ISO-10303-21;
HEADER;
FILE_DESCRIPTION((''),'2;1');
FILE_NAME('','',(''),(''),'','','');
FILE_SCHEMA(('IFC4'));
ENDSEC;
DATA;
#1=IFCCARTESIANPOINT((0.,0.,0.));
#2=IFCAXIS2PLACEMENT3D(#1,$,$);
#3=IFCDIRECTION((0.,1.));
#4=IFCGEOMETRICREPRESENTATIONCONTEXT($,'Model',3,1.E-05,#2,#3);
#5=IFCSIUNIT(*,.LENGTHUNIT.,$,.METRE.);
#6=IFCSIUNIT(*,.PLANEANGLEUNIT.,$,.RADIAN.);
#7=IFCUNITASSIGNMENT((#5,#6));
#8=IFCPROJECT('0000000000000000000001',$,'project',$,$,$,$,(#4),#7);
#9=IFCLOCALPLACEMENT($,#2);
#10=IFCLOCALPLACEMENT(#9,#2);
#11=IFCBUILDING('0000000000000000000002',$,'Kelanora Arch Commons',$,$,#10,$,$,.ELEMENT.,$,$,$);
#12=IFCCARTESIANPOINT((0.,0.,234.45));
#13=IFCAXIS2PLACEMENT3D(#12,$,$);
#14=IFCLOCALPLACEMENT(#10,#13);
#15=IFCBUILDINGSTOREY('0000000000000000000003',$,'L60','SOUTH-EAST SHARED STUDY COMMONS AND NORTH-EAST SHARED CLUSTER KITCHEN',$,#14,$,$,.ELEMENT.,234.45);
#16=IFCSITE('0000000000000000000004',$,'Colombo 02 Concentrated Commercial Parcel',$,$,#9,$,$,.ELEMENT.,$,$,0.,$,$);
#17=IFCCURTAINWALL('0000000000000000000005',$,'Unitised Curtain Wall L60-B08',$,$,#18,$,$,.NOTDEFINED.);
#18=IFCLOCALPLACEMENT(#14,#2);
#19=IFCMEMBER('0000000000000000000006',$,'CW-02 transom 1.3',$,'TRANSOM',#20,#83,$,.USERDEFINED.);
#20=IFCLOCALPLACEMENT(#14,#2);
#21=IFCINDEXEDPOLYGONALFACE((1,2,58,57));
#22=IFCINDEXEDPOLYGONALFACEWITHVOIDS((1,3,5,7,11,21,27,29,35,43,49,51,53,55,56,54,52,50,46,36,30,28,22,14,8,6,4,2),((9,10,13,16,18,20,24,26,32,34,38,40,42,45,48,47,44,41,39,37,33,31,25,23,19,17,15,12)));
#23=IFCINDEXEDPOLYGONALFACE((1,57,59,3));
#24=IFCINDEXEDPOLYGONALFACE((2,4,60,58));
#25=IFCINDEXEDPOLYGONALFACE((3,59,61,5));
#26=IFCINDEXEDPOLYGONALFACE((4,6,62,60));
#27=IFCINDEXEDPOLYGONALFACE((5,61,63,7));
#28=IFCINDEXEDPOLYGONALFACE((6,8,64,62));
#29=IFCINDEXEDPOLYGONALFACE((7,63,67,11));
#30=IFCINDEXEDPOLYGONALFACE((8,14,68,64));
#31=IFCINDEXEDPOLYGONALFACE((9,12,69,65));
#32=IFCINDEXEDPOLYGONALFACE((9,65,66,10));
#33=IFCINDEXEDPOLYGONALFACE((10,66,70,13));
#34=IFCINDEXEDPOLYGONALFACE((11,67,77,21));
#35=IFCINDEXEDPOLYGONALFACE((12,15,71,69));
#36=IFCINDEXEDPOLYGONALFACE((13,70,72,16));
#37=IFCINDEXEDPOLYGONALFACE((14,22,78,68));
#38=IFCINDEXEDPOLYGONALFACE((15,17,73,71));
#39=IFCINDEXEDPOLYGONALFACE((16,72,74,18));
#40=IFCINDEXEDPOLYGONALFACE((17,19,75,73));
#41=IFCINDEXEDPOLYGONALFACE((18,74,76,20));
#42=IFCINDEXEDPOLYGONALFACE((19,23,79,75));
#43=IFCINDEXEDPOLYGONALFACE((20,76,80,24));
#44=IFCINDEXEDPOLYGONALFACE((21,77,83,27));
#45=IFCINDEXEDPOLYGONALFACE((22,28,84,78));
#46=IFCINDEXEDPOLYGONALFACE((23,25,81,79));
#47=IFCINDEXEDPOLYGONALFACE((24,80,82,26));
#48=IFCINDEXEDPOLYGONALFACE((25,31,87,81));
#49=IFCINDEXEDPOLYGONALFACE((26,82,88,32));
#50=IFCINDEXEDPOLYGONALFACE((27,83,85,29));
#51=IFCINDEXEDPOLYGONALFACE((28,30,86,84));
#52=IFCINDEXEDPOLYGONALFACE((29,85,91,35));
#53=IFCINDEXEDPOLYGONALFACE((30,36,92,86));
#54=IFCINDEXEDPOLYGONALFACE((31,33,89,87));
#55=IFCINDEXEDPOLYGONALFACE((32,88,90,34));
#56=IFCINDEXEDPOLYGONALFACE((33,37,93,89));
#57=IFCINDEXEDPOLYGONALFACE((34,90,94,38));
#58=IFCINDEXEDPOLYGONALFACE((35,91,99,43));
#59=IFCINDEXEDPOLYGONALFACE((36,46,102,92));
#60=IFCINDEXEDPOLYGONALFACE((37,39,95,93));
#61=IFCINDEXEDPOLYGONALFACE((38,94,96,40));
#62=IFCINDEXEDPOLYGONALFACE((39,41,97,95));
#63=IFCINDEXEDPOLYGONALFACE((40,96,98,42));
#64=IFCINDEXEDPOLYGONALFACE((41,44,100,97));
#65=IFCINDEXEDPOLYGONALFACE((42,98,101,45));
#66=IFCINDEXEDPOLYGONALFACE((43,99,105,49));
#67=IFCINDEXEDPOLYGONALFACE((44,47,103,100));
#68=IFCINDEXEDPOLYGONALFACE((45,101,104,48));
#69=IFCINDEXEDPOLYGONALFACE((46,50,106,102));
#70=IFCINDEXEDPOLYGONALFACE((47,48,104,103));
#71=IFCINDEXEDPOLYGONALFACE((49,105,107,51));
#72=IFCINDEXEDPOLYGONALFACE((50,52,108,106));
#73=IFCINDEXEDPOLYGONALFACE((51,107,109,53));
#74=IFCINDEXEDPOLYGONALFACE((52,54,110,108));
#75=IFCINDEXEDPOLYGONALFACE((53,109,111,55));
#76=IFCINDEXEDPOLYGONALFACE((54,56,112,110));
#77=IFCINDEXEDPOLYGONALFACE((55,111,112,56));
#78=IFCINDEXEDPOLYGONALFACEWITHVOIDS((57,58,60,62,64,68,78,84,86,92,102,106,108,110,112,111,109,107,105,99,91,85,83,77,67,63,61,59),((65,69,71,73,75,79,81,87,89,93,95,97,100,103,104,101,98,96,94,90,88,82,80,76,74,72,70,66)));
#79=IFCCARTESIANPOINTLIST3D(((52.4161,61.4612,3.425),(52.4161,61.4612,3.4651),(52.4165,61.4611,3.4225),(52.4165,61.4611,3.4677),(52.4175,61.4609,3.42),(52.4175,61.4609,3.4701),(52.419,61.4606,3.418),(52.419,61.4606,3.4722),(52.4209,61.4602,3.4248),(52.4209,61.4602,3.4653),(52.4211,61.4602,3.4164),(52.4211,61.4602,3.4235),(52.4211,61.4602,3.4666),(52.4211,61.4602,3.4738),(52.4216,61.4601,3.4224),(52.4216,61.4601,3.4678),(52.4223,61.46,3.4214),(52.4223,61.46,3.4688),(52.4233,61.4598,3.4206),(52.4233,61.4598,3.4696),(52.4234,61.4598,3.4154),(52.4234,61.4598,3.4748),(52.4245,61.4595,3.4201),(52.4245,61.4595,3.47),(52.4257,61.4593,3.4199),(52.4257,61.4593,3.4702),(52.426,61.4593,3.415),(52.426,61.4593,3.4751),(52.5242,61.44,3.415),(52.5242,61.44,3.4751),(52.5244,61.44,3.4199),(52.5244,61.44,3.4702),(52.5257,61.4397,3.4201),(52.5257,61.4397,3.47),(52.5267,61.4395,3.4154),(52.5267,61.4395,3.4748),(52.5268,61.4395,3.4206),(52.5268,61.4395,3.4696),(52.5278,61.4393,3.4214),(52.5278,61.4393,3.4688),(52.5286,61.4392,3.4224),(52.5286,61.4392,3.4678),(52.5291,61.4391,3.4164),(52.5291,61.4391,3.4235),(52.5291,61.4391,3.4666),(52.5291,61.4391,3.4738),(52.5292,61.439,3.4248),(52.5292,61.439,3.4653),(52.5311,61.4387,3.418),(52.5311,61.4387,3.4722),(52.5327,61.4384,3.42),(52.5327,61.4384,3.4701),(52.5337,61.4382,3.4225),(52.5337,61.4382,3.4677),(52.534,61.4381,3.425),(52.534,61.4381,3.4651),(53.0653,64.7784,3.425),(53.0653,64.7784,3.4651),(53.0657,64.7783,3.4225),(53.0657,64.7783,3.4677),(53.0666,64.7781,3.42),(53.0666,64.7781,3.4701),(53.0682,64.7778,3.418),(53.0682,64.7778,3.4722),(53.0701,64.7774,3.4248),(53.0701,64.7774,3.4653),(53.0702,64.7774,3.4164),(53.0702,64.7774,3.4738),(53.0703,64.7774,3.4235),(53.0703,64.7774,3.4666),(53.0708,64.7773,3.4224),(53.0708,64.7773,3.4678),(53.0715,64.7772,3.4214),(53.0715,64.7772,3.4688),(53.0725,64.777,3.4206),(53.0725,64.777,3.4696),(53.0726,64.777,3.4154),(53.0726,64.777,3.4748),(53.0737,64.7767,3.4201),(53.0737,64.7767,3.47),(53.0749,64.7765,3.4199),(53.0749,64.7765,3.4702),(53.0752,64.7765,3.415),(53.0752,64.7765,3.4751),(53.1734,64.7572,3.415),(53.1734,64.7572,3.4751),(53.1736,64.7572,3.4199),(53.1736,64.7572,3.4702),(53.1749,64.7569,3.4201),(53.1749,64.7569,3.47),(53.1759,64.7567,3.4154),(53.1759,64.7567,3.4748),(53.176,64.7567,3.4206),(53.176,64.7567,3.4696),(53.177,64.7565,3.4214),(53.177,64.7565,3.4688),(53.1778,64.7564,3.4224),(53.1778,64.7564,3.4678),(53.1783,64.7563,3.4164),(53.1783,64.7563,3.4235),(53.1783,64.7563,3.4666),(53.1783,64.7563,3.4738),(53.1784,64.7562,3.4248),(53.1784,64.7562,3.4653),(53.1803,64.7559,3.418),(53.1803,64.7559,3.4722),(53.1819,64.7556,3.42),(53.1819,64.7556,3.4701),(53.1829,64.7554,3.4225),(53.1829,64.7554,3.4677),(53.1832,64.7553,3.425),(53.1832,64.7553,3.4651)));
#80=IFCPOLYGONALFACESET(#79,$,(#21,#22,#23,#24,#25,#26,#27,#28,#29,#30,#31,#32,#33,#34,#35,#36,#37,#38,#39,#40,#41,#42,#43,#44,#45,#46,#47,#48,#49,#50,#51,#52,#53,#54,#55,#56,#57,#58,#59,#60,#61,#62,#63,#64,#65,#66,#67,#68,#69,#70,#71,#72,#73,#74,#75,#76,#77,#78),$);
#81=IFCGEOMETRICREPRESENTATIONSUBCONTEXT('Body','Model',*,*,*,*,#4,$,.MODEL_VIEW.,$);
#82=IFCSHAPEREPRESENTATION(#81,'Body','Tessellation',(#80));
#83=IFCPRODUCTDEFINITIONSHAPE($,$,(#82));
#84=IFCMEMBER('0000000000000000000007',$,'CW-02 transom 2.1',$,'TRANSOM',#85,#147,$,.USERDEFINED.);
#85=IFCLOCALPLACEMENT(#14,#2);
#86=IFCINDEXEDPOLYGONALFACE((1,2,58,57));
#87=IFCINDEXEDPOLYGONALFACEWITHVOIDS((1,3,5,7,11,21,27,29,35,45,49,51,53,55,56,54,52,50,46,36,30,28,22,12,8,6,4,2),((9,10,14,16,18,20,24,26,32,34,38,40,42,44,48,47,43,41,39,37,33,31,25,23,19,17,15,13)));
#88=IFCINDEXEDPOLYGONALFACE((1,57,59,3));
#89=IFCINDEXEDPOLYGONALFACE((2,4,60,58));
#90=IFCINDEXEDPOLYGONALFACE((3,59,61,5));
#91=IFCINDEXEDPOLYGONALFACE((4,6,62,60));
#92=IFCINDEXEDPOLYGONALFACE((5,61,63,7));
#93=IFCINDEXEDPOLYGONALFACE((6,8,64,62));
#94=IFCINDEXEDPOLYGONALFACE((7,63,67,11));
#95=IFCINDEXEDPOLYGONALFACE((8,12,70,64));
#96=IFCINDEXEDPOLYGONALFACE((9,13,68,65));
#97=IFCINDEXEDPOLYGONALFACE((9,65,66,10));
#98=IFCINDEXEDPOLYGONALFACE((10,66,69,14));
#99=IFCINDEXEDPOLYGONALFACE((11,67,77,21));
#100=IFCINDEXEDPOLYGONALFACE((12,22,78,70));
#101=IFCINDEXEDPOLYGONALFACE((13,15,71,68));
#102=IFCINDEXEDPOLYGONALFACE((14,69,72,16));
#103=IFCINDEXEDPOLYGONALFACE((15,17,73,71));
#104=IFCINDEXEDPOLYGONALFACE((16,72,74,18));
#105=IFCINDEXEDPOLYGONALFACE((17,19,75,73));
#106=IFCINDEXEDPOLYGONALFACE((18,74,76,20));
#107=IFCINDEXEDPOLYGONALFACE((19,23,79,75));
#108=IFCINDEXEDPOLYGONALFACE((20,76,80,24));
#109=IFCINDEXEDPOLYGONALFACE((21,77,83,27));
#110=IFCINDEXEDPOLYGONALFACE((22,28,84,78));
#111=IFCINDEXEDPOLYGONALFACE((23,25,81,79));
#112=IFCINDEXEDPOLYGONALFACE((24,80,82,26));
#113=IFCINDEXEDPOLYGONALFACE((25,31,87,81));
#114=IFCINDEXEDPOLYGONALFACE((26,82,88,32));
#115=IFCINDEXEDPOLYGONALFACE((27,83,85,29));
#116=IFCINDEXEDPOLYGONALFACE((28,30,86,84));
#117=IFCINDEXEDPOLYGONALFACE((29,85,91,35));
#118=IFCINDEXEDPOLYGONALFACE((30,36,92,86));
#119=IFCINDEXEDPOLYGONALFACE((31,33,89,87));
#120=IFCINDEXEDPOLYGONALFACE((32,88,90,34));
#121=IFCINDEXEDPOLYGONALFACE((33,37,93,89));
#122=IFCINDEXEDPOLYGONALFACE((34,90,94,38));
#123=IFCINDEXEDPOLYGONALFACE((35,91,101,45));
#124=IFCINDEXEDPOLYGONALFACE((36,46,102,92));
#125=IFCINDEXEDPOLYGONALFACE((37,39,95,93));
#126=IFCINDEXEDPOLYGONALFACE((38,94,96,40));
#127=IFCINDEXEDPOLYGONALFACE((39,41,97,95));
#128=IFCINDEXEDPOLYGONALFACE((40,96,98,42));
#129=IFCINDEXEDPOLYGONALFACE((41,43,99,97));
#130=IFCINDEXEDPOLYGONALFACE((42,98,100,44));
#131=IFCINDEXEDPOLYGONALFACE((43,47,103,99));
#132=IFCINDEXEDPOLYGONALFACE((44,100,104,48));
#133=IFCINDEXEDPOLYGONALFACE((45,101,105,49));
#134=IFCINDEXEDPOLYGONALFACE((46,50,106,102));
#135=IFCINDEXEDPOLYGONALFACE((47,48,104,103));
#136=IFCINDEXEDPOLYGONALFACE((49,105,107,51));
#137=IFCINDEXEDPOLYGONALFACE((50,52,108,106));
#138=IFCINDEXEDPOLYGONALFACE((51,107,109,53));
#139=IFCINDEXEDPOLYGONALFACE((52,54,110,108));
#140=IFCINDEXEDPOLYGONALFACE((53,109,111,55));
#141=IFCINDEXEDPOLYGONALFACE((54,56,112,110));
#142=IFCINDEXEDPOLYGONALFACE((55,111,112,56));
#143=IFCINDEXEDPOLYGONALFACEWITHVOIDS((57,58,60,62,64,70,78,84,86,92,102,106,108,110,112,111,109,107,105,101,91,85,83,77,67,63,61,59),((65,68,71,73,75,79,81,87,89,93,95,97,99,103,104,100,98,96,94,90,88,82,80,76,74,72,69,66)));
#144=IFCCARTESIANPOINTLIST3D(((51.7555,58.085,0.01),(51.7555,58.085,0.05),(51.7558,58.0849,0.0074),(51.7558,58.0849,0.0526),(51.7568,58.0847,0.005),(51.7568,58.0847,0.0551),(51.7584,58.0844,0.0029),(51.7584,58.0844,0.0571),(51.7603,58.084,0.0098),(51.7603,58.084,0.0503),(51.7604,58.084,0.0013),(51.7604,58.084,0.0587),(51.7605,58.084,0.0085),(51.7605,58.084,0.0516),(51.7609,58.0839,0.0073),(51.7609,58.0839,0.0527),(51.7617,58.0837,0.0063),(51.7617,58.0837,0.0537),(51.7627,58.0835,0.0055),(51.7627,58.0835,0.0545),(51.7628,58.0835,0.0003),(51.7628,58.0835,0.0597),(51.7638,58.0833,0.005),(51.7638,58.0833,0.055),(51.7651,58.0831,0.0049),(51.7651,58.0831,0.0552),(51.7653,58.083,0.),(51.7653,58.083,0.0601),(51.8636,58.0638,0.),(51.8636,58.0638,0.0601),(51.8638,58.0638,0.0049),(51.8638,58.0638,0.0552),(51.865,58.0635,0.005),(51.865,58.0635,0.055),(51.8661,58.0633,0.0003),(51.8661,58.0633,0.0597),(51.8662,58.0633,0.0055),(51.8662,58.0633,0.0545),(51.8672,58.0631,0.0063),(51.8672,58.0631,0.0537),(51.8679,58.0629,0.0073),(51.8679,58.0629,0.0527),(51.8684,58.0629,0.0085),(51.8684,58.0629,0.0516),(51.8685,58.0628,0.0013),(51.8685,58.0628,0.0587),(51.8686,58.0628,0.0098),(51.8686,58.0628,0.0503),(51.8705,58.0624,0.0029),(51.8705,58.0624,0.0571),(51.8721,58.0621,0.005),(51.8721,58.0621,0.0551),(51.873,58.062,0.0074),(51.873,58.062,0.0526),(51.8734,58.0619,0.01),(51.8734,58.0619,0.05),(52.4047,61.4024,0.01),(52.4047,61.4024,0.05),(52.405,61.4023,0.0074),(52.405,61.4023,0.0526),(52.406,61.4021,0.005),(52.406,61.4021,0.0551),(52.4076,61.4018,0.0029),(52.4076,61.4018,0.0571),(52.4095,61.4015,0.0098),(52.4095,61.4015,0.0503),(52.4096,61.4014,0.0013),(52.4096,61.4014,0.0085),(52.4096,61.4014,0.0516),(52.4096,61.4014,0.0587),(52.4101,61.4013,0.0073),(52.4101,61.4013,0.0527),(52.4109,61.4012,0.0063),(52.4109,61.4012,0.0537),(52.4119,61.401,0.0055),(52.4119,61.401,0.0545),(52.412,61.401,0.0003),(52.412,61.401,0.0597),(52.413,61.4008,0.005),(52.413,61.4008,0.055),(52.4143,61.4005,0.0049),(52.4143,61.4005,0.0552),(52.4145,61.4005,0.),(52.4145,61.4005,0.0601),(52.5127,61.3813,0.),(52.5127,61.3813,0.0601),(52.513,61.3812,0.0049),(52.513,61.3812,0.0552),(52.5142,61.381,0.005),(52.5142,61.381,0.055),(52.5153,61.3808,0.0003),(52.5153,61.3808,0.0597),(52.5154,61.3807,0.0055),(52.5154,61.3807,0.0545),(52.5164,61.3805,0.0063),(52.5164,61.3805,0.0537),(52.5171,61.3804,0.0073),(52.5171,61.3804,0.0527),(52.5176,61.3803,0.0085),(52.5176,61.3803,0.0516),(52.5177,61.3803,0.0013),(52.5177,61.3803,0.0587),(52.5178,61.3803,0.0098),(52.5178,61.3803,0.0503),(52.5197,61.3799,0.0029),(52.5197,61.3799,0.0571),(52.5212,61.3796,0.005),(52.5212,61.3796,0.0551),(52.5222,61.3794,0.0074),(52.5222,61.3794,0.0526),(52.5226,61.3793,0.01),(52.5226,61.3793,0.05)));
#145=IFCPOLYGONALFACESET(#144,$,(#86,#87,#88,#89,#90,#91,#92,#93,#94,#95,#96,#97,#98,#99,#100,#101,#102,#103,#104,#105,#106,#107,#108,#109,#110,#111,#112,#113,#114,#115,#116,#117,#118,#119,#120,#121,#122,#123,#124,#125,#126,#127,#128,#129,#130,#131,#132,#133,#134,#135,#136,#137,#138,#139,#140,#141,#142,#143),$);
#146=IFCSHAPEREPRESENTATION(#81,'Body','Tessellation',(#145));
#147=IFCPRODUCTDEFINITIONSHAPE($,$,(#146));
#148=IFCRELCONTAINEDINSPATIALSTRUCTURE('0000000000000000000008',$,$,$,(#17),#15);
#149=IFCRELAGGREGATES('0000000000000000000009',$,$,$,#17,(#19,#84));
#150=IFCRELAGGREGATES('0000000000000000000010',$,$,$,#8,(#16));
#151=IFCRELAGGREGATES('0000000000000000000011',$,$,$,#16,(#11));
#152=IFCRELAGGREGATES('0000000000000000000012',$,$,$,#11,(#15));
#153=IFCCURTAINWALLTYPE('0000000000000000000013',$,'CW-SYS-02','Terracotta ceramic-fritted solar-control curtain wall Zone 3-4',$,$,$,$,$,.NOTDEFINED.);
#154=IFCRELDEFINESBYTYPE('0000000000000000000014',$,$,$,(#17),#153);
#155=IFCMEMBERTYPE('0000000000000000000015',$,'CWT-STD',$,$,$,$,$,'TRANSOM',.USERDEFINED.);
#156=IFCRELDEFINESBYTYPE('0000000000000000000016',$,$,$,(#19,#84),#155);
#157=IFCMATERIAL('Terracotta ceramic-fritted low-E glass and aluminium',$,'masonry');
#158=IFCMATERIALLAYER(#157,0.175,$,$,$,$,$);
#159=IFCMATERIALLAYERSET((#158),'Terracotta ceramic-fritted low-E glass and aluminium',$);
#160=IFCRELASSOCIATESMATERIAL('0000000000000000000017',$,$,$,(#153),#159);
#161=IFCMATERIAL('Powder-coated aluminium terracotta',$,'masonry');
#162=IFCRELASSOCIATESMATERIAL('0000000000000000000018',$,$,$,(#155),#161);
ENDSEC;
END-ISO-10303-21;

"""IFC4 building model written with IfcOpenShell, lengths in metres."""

from ifc_helpers import new_model, si_unit, direction, frame, origin, origin_2d, place, context, subcontext, project, spatial, hollow_rectangle, extrude, material, layer, layer_set, material_profile, profile_set, type_object, element, aggregate, save


model = new_model("IFC4")

# Units and contexts
model_context = context("Model", 3, precision=1e-05, world=origin(), true_north=direction((0.0, 1.0)))
body_context = subcontext(model_context, "Body", "Model", "MODEL_VIEW")
ifc_project = project(units=[si_unit("LENGTHUNIT", "METRE"), si_unit("PLANEANGLEUNIT", "RADIAN")], contexts=[model_context])

# Site, building, storey
site_placement = place(None, origin())
site = spatial("IfcSite", under=ifc_project, at=site_placement, Name="Colombo 02 Concentrated Commercial Parcel", CompositionType="ELEMENT", RefElevation=0.0)
building_placement = place(site_placement, origin())
building = spatial("IfcBuilding", under=site, at=building_placement, Name="Kelanora Arch Commons", CompositionType="ELEMENT")
storey_placement = place(building_placement, frame((0.0, 0.0, 234.45)))
storey = spatial("IfcBuildingStorey", under=building, at=storey_placement, Name="L60", Description="SOUTH-EAST SHARED STUDY COMMONS AND NORTH-EAST SHARED CLUSTER KITCHEN", CompositionType="ELEMENT", Elevation=234.45)

# Curtain wall, members
ifc_material_1 = material(Name="Terracotta ceramic-fritted low-E glass and aluminium", Category="masonry")
ifc_layer_1 = layer(ifc_material_1, 0.175)
ifc_layer_set_1 = layer_set([ifc_layer_1], Name="Terracotta ceramic-fritted low-E glass and aluminium")
curtain_wall_type = type_object("IfcCurtainWallType", Name="CW-SYS-02", Description="Terracotta ceramic-fritted solar-control curtain wall Zone 3-4", PredefinedType="NOTDEFINED", material=ifc_layer_set_1)
curtain_wall_placement = place(storey_placement, origin())
curtain_wall = element("IfcCurtainWall", 1, at=curtain_wall_placement, inside=storey, type_object=curtain_wall_type, Name="Unitised Curtain Wall L60-B08", PredefinedType="NOTDEFINED")
ifc_material_2 = material(Name="Powder-coated aluminium terracotta", Category="masonry")
ifc_material_profile_1 = material_profile(ifc_material_2, hollow_rectangle(XDim=0.1201, YDim=0.0601, WallThickness=0.0049, InnerFilletRadius=0.0049, OuterFilletRadius=0.01, at=origin_2d()), Name="CWT120x60")
ifc_profile_set_1 = profile_set([ifc_material_profile_1], Name="Powder-coated aluminium terracotta")
member_type_1 = type_object("IfcMemberType", Name="CWT-STD", ElementType="TRANSOM", PredefinedType="USERDEFINED", material=ifc_profile_set_1)
member_1_placement = place(storey_placement, frame((53.1243, 64.7668, 3.4451), z_axis=(-0.192058, -0.981383, 0.0), x_axis=(0.981383, -0.192058, 0.0)))
member_1 = element("IfcMember", 2, at=member_1_placement, type_object=member_type_1, Name="CW-02 transom 1.3", ObjectType="TRANSOM", PredefinedType="USERDEFINED", context=body_context, shape_type="SweptSolid", body=[
    extrude(hollow_rectangle(XDim=0.1201, YDim=0.0601, WallThickness=0.0049, InnerFilletRadius=0.0049, OuterFilletRadius=0.01, at=origin_2d()), origin(), (0.0, 0.0, 1.0), 3.3801),
])
member_2_placement = place(storey_placement, frame((52.4636, 61.3909, 0.03), z_axis=(-0.192045, -0.981386, 0.0), x_axis=(0.981386, -0.192045, 0.0)))
member_2 = element("IfcMember", 3, at=member_2_placement, type_object=member_type_1, Name="CW-02 transom 2.1", ObjectType="TRANSOM", PredefinedType="USERDEFINED", context=body_context, shape_type="SweptSolid", body=[
    extrude(hollow_rectangle(XDim=0.1201, YDim=0.0601, WallThickness=0.0049, InnerFilletRadius=0.0049, OuterFilletRadius=0.01, at=origin_2d()), origin(), (0.0, 0.0, 1.0), 3.3804),
])
aggregate(curtain_wall, [member_1, member_2])

save(model, "model.ifc")
